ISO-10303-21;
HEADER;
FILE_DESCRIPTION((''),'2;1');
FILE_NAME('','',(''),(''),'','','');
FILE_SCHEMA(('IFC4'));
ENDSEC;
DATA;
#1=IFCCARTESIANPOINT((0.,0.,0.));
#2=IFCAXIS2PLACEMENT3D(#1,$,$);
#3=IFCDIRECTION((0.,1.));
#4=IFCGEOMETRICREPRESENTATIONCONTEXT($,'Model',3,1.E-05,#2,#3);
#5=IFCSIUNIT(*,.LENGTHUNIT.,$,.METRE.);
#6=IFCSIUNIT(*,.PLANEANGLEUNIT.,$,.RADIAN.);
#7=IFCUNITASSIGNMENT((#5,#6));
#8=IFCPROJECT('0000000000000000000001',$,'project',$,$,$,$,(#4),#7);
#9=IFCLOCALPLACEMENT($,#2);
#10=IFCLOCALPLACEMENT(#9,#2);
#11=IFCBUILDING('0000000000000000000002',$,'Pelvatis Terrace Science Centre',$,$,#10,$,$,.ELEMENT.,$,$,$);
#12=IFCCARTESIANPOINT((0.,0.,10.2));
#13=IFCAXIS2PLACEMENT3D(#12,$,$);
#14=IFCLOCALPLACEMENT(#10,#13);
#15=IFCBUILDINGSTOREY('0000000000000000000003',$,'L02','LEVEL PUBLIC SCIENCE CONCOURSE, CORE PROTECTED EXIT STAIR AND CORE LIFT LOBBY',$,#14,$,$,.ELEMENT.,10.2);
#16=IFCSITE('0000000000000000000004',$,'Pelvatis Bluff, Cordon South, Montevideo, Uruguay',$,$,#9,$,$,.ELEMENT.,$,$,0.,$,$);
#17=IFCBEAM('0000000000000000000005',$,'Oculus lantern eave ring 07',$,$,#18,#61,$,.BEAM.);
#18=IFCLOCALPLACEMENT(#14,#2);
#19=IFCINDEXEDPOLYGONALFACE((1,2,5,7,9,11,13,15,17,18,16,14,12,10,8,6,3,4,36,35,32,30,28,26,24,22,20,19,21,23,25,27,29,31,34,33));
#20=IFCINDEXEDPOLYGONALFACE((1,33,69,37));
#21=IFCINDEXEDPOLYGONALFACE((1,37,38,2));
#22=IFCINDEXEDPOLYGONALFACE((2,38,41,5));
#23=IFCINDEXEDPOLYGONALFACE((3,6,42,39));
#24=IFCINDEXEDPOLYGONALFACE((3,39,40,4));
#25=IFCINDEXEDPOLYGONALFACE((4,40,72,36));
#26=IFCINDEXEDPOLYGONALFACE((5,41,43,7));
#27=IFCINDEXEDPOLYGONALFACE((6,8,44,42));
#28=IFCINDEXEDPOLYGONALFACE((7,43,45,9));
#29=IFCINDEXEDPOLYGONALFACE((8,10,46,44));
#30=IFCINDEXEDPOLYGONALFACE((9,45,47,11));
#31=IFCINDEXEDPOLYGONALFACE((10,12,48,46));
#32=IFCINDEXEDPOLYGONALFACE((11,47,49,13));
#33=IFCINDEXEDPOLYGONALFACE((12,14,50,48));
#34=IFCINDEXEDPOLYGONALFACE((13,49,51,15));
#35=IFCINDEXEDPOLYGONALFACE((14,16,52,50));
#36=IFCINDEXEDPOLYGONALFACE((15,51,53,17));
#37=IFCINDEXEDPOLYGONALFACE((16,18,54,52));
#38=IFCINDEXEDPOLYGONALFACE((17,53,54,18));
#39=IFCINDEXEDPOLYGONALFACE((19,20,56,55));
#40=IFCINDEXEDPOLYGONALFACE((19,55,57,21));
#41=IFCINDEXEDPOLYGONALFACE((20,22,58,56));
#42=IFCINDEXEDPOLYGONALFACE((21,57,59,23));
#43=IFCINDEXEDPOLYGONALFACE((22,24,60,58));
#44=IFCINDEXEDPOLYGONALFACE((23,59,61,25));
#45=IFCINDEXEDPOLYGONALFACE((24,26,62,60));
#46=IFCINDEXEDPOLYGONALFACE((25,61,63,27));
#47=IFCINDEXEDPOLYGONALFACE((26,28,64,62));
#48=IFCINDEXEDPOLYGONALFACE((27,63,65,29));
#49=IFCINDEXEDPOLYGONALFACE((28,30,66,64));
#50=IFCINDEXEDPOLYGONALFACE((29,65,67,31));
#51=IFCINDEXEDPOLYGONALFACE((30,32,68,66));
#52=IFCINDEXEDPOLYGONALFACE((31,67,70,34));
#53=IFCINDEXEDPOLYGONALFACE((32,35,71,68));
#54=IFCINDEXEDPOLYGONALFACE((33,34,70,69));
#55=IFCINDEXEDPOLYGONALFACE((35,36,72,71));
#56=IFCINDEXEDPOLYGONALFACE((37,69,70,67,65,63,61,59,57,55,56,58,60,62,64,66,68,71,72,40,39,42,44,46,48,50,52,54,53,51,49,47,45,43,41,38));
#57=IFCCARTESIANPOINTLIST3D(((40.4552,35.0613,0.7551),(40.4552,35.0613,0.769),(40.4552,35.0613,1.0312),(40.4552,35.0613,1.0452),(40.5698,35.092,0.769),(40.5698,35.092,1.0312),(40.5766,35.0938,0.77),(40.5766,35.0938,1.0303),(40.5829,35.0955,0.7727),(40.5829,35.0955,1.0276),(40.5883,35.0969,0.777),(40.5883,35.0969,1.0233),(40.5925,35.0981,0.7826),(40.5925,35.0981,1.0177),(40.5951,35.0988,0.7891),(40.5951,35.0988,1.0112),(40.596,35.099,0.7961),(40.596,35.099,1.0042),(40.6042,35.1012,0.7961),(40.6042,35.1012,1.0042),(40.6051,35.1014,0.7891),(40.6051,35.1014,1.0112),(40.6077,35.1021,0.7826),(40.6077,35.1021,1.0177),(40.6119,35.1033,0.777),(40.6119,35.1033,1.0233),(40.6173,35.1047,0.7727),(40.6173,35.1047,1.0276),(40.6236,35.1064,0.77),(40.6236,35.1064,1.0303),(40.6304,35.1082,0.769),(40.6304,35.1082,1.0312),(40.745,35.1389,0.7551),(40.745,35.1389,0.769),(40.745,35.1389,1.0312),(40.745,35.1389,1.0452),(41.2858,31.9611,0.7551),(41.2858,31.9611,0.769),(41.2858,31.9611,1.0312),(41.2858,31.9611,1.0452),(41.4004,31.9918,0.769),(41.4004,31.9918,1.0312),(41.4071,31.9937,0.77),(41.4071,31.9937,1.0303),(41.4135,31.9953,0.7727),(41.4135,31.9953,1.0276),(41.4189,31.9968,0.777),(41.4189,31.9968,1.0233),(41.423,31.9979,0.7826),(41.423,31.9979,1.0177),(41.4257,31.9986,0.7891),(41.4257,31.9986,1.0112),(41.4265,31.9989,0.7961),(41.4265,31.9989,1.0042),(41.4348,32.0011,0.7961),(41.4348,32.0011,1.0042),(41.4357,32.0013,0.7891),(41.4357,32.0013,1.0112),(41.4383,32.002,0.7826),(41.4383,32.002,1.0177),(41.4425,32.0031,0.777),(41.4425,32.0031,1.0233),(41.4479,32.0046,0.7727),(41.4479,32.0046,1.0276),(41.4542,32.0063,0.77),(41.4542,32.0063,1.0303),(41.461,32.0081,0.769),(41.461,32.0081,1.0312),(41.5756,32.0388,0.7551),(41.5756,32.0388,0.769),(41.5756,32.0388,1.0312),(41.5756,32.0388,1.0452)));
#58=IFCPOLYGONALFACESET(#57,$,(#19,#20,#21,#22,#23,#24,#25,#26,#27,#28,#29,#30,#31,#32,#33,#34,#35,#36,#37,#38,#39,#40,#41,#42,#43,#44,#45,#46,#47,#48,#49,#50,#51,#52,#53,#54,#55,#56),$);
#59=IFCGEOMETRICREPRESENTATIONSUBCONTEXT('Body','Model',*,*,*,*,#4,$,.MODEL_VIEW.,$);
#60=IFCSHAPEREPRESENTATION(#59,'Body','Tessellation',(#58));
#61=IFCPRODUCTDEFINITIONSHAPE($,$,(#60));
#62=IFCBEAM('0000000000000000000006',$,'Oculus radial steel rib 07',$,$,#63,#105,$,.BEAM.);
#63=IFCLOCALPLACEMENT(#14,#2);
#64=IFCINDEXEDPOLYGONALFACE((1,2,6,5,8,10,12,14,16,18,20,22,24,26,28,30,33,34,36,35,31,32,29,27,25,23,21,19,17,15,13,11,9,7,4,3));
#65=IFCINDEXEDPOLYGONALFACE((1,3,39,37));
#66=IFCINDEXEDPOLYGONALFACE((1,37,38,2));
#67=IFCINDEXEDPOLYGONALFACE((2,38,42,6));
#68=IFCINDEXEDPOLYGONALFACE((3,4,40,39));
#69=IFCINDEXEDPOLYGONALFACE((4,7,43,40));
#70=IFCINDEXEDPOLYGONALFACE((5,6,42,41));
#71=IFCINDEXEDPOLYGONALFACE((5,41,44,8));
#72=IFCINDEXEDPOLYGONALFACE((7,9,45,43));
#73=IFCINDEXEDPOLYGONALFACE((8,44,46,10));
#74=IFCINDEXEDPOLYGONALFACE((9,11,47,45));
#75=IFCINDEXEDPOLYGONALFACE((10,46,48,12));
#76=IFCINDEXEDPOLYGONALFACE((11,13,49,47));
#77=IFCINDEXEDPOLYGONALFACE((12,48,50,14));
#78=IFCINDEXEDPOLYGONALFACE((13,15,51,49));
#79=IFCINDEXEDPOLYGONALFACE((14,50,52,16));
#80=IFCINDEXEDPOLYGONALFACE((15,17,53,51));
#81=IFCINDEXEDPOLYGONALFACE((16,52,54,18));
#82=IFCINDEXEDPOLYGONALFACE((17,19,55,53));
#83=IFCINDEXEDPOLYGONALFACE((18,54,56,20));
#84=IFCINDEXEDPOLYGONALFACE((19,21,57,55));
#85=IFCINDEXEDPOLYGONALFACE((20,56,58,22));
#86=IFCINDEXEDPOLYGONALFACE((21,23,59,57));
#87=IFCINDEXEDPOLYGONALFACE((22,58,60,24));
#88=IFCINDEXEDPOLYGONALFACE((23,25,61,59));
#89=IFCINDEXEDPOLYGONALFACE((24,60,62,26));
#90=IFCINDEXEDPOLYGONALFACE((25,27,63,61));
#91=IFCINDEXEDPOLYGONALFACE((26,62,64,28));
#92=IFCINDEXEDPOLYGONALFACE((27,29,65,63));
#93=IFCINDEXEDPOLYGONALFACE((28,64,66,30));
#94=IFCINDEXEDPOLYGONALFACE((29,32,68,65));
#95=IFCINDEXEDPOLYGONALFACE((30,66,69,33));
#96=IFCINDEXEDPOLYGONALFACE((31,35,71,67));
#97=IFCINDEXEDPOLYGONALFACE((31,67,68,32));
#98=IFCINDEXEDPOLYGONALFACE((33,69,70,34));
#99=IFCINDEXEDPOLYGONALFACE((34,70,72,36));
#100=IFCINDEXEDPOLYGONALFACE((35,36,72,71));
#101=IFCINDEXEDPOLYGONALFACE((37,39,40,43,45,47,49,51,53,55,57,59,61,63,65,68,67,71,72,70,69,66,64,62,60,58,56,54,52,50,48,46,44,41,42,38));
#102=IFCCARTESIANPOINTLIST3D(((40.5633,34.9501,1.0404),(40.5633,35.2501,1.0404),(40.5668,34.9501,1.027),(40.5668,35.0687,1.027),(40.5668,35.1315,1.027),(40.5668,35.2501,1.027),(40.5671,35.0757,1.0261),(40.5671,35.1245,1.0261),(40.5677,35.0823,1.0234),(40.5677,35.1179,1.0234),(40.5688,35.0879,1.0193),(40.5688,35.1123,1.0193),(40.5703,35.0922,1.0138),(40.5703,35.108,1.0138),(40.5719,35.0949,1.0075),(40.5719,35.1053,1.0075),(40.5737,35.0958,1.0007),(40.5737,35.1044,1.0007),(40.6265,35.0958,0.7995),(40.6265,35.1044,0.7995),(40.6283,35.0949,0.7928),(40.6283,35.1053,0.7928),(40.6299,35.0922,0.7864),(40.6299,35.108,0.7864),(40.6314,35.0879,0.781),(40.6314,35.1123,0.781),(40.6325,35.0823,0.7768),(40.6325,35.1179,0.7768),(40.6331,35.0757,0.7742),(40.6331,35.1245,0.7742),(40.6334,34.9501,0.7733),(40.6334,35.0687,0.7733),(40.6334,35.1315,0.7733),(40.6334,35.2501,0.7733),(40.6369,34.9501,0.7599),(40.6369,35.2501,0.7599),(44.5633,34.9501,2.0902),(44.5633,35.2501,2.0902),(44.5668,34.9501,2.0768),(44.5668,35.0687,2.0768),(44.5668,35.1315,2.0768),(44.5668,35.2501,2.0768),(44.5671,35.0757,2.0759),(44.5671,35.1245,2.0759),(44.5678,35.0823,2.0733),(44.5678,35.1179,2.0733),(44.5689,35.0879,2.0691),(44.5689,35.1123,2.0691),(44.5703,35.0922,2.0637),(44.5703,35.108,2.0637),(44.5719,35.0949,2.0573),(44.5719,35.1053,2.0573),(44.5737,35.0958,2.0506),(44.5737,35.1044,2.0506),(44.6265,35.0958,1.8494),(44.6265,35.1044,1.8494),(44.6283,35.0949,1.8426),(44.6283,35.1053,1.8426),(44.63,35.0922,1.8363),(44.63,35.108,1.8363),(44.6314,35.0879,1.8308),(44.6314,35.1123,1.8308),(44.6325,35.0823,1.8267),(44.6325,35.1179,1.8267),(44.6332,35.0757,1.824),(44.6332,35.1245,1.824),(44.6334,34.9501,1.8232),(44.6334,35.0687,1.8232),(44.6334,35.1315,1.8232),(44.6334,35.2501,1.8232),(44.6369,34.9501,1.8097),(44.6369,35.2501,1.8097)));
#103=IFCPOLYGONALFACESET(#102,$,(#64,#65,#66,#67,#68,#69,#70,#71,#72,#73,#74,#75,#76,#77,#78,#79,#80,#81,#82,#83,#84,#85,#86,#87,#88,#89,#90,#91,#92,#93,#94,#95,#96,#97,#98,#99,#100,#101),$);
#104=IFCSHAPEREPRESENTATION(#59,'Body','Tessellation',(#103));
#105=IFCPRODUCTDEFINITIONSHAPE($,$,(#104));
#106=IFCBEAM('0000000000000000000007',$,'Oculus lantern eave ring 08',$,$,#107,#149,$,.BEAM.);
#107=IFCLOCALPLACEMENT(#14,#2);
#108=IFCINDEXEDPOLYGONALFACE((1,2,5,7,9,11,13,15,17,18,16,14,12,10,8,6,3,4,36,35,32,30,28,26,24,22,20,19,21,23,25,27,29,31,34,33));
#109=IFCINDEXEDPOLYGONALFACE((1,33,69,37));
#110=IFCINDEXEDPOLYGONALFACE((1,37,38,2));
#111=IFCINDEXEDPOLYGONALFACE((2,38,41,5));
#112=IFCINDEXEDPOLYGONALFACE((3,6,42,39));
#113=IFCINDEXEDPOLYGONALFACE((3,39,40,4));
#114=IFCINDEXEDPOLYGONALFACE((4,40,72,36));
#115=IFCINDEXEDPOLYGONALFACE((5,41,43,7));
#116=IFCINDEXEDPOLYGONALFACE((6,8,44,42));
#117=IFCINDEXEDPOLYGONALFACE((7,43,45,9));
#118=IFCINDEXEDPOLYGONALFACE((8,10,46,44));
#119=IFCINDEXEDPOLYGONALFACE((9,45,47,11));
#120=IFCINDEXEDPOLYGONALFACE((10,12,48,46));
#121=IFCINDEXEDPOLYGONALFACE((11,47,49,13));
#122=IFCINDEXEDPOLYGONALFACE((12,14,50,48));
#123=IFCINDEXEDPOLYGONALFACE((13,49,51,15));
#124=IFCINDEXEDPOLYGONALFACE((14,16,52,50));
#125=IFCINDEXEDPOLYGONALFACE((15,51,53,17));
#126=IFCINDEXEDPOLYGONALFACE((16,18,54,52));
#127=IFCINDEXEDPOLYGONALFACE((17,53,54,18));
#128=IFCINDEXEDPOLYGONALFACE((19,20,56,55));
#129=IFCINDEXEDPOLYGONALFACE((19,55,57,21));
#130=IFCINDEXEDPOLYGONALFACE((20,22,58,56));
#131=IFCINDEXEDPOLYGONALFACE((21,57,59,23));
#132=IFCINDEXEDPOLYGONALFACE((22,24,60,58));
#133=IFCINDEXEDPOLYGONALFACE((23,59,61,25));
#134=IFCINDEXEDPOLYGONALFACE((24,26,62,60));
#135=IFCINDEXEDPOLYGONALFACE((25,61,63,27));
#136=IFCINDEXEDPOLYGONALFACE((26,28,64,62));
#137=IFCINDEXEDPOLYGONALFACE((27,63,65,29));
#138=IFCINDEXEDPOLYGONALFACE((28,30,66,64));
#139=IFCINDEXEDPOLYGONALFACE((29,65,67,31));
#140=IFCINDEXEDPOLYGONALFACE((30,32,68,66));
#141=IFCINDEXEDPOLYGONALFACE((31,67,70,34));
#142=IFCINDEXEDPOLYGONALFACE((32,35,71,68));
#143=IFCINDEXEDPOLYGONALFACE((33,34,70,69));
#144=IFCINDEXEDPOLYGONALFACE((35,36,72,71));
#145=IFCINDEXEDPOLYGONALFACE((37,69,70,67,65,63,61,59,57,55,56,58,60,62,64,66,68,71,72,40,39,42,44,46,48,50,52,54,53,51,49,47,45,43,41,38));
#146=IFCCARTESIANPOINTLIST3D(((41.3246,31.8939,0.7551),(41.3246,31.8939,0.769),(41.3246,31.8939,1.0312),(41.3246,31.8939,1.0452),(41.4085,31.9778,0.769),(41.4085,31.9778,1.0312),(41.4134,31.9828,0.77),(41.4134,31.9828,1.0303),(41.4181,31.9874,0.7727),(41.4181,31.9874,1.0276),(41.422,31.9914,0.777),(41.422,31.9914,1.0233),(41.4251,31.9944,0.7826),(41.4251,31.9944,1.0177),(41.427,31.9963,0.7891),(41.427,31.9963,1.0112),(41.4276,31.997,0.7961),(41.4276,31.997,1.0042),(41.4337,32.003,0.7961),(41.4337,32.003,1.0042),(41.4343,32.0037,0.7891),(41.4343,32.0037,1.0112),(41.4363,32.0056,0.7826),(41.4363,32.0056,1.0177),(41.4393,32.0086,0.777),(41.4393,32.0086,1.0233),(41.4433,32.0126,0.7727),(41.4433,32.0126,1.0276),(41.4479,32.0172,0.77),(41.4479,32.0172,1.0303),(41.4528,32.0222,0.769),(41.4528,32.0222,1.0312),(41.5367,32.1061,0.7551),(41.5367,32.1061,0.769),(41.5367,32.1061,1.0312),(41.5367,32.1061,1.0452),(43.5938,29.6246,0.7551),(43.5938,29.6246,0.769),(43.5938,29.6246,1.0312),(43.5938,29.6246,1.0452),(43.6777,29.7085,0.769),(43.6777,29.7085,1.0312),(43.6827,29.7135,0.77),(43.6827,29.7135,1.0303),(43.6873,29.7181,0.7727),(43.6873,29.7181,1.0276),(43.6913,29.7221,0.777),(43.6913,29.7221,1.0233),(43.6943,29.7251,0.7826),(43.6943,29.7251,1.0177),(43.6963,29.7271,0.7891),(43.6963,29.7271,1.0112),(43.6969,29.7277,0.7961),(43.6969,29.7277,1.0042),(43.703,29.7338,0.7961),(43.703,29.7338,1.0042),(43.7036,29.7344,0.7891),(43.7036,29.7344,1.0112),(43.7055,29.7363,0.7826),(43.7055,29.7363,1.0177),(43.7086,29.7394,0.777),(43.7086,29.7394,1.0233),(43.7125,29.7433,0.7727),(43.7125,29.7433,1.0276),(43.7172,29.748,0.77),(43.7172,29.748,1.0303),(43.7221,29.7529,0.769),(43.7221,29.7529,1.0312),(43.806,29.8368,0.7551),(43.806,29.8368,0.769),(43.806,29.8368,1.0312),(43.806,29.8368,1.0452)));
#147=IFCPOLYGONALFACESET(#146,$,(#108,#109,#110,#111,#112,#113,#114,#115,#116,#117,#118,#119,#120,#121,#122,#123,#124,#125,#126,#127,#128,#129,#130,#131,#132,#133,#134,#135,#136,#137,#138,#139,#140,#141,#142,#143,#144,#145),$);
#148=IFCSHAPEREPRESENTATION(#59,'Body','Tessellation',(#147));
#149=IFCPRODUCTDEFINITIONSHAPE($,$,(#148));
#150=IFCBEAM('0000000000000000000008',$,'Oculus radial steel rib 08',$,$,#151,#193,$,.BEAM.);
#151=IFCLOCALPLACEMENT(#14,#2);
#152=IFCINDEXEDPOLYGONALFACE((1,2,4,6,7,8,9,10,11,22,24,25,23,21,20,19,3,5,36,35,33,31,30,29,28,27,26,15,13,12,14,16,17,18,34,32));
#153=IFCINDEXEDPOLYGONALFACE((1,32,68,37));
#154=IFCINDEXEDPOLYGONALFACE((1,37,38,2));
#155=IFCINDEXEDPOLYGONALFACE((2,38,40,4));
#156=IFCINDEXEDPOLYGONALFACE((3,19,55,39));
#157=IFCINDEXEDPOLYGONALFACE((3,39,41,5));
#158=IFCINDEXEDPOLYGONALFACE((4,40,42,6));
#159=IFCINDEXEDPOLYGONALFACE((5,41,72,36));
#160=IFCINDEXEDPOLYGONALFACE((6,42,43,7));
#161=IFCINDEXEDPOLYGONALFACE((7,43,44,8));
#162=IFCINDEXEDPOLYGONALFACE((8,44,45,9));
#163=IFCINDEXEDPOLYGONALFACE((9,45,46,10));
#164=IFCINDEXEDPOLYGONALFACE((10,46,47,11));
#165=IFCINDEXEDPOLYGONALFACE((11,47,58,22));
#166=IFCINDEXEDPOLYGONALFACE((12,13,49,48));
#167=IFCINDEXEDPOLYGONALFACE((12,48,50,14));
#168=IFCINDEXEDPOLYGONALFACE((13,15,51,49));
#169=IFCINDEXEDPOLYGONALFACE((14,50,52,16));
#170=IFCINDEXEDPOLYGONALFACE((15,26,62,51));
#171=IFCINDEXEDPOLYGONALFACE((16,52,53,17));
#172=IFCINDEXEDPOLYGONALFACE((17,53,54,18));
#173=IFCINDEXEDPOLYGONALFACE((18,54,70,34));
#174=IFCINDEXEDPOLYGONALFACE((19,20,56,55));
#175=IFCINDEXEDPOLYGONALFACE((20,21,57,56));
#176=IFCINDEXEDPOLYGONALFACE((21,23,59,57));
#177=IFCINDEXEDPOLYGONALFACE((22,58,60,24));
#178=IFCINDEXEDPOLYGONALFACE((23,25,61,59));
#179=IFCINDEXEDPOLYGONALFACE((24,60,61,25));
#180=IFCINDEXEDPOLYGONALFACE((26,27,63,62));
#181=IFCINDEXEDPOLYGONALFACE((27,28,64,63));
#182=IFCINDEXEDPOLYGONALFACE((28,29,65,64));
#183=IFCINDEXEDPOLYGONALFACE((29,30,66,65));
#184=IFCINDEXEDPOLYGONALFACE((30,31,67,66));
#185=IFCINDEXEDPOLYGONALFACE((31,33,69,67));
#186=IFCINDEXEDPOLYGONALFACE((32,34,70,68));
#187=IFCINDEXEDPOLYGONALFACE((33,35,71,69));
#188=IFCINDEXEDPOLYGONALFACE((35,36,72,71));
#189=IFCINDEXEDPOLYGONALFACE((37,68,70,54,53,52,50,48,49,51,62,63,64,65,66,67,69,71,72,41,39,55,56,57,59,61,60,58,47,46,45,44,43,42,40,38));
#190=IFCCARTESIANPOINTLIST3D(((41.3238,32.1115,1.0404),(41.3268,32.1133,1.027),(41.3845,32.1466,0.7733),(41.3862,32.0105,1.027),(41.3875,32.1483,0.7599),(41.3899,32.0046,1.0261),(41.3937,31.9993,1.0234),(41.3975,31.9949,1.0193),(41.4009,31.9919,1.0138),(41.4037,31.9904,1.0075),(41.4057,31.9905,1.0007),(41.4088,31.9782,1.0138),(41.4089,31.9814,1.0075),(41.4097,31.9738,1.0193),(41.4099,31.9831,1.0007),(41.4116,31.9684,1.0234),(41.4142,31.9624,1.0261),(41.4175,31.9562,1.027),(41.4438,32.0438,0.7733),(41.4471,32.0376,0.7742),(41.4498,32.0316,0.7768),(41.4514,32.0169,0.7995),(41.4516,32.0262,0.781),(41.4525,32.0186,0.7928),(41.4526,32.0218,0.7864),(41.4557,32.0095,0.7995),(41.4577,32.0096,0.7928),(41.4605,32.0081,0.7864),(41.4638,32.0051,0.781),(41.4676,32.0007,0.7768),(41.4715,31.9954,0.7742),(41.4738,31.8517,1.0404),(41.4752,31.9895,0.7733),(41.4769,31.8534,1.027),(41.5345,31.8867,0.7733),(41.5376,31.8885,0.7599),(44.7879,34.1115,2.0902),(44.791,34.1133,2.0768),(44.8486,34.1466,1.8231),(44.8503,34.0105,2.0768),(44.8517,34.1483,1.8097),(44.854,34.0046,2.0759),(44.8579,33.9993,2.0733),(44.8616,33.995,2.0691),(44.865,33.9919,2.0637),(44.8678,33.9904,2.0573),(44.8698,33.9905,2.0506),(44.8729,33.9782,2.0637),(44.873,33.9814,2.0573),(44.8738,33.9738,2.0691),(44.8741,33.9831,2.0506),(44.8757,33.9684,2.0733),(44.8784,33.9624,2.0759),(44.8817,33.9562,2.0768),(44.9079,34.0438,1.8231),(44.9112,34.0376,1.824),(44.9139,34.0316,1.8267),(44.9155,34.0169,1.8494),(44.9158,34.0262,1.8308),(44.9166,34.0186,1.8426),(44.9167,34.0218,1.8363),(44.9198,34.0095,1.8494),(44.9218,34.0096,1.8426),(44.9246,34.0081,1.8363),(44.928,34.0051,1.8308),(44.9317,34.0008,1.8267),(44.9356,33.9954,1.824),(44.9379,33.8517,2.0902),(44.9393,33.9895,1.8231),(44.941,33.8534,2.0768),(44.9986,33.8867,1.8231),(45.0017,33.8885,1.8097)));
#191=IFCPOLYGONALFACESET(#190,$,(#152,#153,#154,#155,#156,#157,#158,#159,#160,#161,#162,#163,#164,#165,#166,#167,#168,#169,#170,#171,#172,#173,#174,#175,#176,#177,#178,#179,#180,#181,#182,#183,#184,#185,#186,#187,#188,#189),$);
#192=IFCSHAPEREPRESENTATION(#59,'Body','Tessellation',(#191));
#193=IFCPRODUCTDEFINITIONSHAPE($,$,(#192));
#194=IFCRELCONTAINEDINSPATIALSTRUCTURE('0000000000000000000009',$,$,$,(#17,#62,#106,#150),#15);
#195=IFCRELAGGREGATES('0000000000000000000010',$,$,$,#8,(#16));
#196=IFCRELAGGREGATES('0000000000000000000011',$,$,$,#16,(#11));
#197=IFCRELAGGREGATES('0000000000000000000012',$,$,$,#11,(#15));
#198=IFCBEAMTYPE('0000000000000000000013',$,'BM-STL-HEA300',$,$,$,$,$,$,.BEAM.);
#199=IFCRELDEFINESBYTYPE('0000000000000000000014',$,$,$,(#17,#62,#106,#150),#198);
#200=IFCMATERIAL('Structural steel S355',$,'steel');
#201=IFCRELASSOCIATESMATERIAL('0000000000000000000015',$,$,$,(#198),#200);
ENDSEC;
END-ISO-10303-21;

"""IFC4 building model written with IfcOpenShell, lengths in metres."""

from ifc_helpers import new_model, si_unit, direction, frame, origin, origin_2d, place, context, subcontext, project, spatial, i_section, extrude, material, material_profile, profile_set, type_object, element, save


model = new_model("IFC4")

# Units and contexts
model_context = context("Model", 3, precision=1e-05, world=origin(), true_north=direction((0.0, 1.0)))
body_context = subcontext(model_context, "Body", "Model", "MODEL_VIEW")
ifc_project = project(units=[si_unit("LENGTHUNIT", "METRE"), si_unit("PLANEANGLEUNIT", "RADIAN")], contexts=[model_context])

# Site, building, storey
site_placement = place(None, origin())
site = spatial("IfcSite", under=ifc_project, at=site_placement, Name="Pelvatis Bluff, Cordon South, Montevideo, Uruguay", CompositionType="ELEMENT", RefElevation=0.0)
building_placement = place(site_placement, origin())
building = spatial("IfcBuilding", under=site, at=building_placement, Name="Pelvatis Terrace Science Centre", CompositionType="ELEMENT")
storey_placement = place(building_placement, frame((0.0, 0.0, 10.2)))
storey = spatial("IfcBuildingStorey", under=building, at=storey_placement, Name="L02", Description="LEVEL PUBLIC SCIENCE CONCOURSE, CORE PROTECTED EXIT STAIR AND CORE LIFT LOBBY", CompositionType="ELEMENT", Elevation=10.2)

# Beams
ifc_material_1 = material(Name="Structural steel S355", Category="steel")
ifc_material_profile_1 = material_profile(ifc_material_1, i_section(OverallWidth=0.3, OverallDepth=0.29, WebThickness=0.0085, FlangeThickness=0.0139, FilletRadius=0.0271, at=origin_2d()), Name="HEA 300")
ifc_profile_set_1 = profile_set([ifc_material_profile_1], Name="Structural steel S355")
beam_type_1 = type_object("IfcBeamType", Name="BM-STL-HEA300", PredefinedType="BEAM", material=ifc_profile_set_1)
beam_1_placement = place(storey_placement, frame((40.6001, 35.1001, 0.9001), z_axis=(0.258789, -0.965934, 0.0), x_axis=(0.965934, 0.258789, 0.0)))
element("IfcBeam", 1, at=beam_1_placement, inside=storey, type_object=beam_type_1, Name="Oculus lantern eave ring 07", PredefinedType="BEAM", context=body_context, shape_type="SweptSolid", body=[
    extrude(i_section(OverallWidth=0.3, OverallDepth=0.29, WebThickness=0.0085, FlangeThickness=0.0139, FilletRadius=0.0271, at=origin_2d()), origin(), (0.0, 0.0, 1.0), 3.2095),
])
beam_2_placement = place(storey_placement, frame((40.6001, 35.1001, 0.9001), z_axis=(0.967243, 0.0, 0.253854), x_axis=(0.0, 1.0, 0.0)))
element("IfcBeam", 2, at=beam_2_placement, inside=storey, type_object=beam_type_1, Name="Oculus radial steel rib 07", PredefinedType="BEAM", context=body_context, shape_type="SweptSolid", body=[
    extrude(i_section(OverallWidth=0.3, OverallDepth=0.29, WebThickness=0.0085, FlangeThickness=0.0139, FilletRadius=0.0271, at=origin_2d()), origin(), (0.0, 0.0, 1.0), 4.1355),
])
beam_3_placement = place(storey_placement, frame((41.4307, 32.0, 0.9001), z_axis=(0.707107, -0.707107, 0.0), x_axis=(0.707107, 0.707107, 0.0)))
element("IfcBeam", 3, at=beam_3_placement, inside=storey, type_object=beam_type_1, Name="Oculus lantern eave ring 08", PredefinedType="BEAM", context=body_context, shape_type="SweptSolid", body=[
    extrude(i_section(OverallWidth=0.3, OverallDepth=0.29, WebThickness=0.0085, FlangeThickness=0.0139, FilletRadius=0.0271, at=origin_2d()), origin(), (0.0, 0.0, 1.0), 3.2092),
])
beam_4_placement = place(storey_placement, frame((41.4307, 32.0, 0.9001), z_axis=(0.837657, 0.48362, 0.253853), x_axis=(-0.499999, 0.866026, 0.0)))
element("IfcBeam", 4, at=beam_4_placement, inside=storey, type_object=beam_type_1, Name="Oculus radial steel rib 08", PredefinedType="BEAM", context=body_context, shape_type="SweptSolid", body=[
    extrude(i_section(OverallWidth=0.3, OverallDepth=0.29, WebThickness=0.0085, FlangeThickness=0.0139, FilletRadius=0.0271, at=origin_2d()), origin(), (0.0, 0.0, 1.0), 4.1355),
])

save(model, "model.ifc")
